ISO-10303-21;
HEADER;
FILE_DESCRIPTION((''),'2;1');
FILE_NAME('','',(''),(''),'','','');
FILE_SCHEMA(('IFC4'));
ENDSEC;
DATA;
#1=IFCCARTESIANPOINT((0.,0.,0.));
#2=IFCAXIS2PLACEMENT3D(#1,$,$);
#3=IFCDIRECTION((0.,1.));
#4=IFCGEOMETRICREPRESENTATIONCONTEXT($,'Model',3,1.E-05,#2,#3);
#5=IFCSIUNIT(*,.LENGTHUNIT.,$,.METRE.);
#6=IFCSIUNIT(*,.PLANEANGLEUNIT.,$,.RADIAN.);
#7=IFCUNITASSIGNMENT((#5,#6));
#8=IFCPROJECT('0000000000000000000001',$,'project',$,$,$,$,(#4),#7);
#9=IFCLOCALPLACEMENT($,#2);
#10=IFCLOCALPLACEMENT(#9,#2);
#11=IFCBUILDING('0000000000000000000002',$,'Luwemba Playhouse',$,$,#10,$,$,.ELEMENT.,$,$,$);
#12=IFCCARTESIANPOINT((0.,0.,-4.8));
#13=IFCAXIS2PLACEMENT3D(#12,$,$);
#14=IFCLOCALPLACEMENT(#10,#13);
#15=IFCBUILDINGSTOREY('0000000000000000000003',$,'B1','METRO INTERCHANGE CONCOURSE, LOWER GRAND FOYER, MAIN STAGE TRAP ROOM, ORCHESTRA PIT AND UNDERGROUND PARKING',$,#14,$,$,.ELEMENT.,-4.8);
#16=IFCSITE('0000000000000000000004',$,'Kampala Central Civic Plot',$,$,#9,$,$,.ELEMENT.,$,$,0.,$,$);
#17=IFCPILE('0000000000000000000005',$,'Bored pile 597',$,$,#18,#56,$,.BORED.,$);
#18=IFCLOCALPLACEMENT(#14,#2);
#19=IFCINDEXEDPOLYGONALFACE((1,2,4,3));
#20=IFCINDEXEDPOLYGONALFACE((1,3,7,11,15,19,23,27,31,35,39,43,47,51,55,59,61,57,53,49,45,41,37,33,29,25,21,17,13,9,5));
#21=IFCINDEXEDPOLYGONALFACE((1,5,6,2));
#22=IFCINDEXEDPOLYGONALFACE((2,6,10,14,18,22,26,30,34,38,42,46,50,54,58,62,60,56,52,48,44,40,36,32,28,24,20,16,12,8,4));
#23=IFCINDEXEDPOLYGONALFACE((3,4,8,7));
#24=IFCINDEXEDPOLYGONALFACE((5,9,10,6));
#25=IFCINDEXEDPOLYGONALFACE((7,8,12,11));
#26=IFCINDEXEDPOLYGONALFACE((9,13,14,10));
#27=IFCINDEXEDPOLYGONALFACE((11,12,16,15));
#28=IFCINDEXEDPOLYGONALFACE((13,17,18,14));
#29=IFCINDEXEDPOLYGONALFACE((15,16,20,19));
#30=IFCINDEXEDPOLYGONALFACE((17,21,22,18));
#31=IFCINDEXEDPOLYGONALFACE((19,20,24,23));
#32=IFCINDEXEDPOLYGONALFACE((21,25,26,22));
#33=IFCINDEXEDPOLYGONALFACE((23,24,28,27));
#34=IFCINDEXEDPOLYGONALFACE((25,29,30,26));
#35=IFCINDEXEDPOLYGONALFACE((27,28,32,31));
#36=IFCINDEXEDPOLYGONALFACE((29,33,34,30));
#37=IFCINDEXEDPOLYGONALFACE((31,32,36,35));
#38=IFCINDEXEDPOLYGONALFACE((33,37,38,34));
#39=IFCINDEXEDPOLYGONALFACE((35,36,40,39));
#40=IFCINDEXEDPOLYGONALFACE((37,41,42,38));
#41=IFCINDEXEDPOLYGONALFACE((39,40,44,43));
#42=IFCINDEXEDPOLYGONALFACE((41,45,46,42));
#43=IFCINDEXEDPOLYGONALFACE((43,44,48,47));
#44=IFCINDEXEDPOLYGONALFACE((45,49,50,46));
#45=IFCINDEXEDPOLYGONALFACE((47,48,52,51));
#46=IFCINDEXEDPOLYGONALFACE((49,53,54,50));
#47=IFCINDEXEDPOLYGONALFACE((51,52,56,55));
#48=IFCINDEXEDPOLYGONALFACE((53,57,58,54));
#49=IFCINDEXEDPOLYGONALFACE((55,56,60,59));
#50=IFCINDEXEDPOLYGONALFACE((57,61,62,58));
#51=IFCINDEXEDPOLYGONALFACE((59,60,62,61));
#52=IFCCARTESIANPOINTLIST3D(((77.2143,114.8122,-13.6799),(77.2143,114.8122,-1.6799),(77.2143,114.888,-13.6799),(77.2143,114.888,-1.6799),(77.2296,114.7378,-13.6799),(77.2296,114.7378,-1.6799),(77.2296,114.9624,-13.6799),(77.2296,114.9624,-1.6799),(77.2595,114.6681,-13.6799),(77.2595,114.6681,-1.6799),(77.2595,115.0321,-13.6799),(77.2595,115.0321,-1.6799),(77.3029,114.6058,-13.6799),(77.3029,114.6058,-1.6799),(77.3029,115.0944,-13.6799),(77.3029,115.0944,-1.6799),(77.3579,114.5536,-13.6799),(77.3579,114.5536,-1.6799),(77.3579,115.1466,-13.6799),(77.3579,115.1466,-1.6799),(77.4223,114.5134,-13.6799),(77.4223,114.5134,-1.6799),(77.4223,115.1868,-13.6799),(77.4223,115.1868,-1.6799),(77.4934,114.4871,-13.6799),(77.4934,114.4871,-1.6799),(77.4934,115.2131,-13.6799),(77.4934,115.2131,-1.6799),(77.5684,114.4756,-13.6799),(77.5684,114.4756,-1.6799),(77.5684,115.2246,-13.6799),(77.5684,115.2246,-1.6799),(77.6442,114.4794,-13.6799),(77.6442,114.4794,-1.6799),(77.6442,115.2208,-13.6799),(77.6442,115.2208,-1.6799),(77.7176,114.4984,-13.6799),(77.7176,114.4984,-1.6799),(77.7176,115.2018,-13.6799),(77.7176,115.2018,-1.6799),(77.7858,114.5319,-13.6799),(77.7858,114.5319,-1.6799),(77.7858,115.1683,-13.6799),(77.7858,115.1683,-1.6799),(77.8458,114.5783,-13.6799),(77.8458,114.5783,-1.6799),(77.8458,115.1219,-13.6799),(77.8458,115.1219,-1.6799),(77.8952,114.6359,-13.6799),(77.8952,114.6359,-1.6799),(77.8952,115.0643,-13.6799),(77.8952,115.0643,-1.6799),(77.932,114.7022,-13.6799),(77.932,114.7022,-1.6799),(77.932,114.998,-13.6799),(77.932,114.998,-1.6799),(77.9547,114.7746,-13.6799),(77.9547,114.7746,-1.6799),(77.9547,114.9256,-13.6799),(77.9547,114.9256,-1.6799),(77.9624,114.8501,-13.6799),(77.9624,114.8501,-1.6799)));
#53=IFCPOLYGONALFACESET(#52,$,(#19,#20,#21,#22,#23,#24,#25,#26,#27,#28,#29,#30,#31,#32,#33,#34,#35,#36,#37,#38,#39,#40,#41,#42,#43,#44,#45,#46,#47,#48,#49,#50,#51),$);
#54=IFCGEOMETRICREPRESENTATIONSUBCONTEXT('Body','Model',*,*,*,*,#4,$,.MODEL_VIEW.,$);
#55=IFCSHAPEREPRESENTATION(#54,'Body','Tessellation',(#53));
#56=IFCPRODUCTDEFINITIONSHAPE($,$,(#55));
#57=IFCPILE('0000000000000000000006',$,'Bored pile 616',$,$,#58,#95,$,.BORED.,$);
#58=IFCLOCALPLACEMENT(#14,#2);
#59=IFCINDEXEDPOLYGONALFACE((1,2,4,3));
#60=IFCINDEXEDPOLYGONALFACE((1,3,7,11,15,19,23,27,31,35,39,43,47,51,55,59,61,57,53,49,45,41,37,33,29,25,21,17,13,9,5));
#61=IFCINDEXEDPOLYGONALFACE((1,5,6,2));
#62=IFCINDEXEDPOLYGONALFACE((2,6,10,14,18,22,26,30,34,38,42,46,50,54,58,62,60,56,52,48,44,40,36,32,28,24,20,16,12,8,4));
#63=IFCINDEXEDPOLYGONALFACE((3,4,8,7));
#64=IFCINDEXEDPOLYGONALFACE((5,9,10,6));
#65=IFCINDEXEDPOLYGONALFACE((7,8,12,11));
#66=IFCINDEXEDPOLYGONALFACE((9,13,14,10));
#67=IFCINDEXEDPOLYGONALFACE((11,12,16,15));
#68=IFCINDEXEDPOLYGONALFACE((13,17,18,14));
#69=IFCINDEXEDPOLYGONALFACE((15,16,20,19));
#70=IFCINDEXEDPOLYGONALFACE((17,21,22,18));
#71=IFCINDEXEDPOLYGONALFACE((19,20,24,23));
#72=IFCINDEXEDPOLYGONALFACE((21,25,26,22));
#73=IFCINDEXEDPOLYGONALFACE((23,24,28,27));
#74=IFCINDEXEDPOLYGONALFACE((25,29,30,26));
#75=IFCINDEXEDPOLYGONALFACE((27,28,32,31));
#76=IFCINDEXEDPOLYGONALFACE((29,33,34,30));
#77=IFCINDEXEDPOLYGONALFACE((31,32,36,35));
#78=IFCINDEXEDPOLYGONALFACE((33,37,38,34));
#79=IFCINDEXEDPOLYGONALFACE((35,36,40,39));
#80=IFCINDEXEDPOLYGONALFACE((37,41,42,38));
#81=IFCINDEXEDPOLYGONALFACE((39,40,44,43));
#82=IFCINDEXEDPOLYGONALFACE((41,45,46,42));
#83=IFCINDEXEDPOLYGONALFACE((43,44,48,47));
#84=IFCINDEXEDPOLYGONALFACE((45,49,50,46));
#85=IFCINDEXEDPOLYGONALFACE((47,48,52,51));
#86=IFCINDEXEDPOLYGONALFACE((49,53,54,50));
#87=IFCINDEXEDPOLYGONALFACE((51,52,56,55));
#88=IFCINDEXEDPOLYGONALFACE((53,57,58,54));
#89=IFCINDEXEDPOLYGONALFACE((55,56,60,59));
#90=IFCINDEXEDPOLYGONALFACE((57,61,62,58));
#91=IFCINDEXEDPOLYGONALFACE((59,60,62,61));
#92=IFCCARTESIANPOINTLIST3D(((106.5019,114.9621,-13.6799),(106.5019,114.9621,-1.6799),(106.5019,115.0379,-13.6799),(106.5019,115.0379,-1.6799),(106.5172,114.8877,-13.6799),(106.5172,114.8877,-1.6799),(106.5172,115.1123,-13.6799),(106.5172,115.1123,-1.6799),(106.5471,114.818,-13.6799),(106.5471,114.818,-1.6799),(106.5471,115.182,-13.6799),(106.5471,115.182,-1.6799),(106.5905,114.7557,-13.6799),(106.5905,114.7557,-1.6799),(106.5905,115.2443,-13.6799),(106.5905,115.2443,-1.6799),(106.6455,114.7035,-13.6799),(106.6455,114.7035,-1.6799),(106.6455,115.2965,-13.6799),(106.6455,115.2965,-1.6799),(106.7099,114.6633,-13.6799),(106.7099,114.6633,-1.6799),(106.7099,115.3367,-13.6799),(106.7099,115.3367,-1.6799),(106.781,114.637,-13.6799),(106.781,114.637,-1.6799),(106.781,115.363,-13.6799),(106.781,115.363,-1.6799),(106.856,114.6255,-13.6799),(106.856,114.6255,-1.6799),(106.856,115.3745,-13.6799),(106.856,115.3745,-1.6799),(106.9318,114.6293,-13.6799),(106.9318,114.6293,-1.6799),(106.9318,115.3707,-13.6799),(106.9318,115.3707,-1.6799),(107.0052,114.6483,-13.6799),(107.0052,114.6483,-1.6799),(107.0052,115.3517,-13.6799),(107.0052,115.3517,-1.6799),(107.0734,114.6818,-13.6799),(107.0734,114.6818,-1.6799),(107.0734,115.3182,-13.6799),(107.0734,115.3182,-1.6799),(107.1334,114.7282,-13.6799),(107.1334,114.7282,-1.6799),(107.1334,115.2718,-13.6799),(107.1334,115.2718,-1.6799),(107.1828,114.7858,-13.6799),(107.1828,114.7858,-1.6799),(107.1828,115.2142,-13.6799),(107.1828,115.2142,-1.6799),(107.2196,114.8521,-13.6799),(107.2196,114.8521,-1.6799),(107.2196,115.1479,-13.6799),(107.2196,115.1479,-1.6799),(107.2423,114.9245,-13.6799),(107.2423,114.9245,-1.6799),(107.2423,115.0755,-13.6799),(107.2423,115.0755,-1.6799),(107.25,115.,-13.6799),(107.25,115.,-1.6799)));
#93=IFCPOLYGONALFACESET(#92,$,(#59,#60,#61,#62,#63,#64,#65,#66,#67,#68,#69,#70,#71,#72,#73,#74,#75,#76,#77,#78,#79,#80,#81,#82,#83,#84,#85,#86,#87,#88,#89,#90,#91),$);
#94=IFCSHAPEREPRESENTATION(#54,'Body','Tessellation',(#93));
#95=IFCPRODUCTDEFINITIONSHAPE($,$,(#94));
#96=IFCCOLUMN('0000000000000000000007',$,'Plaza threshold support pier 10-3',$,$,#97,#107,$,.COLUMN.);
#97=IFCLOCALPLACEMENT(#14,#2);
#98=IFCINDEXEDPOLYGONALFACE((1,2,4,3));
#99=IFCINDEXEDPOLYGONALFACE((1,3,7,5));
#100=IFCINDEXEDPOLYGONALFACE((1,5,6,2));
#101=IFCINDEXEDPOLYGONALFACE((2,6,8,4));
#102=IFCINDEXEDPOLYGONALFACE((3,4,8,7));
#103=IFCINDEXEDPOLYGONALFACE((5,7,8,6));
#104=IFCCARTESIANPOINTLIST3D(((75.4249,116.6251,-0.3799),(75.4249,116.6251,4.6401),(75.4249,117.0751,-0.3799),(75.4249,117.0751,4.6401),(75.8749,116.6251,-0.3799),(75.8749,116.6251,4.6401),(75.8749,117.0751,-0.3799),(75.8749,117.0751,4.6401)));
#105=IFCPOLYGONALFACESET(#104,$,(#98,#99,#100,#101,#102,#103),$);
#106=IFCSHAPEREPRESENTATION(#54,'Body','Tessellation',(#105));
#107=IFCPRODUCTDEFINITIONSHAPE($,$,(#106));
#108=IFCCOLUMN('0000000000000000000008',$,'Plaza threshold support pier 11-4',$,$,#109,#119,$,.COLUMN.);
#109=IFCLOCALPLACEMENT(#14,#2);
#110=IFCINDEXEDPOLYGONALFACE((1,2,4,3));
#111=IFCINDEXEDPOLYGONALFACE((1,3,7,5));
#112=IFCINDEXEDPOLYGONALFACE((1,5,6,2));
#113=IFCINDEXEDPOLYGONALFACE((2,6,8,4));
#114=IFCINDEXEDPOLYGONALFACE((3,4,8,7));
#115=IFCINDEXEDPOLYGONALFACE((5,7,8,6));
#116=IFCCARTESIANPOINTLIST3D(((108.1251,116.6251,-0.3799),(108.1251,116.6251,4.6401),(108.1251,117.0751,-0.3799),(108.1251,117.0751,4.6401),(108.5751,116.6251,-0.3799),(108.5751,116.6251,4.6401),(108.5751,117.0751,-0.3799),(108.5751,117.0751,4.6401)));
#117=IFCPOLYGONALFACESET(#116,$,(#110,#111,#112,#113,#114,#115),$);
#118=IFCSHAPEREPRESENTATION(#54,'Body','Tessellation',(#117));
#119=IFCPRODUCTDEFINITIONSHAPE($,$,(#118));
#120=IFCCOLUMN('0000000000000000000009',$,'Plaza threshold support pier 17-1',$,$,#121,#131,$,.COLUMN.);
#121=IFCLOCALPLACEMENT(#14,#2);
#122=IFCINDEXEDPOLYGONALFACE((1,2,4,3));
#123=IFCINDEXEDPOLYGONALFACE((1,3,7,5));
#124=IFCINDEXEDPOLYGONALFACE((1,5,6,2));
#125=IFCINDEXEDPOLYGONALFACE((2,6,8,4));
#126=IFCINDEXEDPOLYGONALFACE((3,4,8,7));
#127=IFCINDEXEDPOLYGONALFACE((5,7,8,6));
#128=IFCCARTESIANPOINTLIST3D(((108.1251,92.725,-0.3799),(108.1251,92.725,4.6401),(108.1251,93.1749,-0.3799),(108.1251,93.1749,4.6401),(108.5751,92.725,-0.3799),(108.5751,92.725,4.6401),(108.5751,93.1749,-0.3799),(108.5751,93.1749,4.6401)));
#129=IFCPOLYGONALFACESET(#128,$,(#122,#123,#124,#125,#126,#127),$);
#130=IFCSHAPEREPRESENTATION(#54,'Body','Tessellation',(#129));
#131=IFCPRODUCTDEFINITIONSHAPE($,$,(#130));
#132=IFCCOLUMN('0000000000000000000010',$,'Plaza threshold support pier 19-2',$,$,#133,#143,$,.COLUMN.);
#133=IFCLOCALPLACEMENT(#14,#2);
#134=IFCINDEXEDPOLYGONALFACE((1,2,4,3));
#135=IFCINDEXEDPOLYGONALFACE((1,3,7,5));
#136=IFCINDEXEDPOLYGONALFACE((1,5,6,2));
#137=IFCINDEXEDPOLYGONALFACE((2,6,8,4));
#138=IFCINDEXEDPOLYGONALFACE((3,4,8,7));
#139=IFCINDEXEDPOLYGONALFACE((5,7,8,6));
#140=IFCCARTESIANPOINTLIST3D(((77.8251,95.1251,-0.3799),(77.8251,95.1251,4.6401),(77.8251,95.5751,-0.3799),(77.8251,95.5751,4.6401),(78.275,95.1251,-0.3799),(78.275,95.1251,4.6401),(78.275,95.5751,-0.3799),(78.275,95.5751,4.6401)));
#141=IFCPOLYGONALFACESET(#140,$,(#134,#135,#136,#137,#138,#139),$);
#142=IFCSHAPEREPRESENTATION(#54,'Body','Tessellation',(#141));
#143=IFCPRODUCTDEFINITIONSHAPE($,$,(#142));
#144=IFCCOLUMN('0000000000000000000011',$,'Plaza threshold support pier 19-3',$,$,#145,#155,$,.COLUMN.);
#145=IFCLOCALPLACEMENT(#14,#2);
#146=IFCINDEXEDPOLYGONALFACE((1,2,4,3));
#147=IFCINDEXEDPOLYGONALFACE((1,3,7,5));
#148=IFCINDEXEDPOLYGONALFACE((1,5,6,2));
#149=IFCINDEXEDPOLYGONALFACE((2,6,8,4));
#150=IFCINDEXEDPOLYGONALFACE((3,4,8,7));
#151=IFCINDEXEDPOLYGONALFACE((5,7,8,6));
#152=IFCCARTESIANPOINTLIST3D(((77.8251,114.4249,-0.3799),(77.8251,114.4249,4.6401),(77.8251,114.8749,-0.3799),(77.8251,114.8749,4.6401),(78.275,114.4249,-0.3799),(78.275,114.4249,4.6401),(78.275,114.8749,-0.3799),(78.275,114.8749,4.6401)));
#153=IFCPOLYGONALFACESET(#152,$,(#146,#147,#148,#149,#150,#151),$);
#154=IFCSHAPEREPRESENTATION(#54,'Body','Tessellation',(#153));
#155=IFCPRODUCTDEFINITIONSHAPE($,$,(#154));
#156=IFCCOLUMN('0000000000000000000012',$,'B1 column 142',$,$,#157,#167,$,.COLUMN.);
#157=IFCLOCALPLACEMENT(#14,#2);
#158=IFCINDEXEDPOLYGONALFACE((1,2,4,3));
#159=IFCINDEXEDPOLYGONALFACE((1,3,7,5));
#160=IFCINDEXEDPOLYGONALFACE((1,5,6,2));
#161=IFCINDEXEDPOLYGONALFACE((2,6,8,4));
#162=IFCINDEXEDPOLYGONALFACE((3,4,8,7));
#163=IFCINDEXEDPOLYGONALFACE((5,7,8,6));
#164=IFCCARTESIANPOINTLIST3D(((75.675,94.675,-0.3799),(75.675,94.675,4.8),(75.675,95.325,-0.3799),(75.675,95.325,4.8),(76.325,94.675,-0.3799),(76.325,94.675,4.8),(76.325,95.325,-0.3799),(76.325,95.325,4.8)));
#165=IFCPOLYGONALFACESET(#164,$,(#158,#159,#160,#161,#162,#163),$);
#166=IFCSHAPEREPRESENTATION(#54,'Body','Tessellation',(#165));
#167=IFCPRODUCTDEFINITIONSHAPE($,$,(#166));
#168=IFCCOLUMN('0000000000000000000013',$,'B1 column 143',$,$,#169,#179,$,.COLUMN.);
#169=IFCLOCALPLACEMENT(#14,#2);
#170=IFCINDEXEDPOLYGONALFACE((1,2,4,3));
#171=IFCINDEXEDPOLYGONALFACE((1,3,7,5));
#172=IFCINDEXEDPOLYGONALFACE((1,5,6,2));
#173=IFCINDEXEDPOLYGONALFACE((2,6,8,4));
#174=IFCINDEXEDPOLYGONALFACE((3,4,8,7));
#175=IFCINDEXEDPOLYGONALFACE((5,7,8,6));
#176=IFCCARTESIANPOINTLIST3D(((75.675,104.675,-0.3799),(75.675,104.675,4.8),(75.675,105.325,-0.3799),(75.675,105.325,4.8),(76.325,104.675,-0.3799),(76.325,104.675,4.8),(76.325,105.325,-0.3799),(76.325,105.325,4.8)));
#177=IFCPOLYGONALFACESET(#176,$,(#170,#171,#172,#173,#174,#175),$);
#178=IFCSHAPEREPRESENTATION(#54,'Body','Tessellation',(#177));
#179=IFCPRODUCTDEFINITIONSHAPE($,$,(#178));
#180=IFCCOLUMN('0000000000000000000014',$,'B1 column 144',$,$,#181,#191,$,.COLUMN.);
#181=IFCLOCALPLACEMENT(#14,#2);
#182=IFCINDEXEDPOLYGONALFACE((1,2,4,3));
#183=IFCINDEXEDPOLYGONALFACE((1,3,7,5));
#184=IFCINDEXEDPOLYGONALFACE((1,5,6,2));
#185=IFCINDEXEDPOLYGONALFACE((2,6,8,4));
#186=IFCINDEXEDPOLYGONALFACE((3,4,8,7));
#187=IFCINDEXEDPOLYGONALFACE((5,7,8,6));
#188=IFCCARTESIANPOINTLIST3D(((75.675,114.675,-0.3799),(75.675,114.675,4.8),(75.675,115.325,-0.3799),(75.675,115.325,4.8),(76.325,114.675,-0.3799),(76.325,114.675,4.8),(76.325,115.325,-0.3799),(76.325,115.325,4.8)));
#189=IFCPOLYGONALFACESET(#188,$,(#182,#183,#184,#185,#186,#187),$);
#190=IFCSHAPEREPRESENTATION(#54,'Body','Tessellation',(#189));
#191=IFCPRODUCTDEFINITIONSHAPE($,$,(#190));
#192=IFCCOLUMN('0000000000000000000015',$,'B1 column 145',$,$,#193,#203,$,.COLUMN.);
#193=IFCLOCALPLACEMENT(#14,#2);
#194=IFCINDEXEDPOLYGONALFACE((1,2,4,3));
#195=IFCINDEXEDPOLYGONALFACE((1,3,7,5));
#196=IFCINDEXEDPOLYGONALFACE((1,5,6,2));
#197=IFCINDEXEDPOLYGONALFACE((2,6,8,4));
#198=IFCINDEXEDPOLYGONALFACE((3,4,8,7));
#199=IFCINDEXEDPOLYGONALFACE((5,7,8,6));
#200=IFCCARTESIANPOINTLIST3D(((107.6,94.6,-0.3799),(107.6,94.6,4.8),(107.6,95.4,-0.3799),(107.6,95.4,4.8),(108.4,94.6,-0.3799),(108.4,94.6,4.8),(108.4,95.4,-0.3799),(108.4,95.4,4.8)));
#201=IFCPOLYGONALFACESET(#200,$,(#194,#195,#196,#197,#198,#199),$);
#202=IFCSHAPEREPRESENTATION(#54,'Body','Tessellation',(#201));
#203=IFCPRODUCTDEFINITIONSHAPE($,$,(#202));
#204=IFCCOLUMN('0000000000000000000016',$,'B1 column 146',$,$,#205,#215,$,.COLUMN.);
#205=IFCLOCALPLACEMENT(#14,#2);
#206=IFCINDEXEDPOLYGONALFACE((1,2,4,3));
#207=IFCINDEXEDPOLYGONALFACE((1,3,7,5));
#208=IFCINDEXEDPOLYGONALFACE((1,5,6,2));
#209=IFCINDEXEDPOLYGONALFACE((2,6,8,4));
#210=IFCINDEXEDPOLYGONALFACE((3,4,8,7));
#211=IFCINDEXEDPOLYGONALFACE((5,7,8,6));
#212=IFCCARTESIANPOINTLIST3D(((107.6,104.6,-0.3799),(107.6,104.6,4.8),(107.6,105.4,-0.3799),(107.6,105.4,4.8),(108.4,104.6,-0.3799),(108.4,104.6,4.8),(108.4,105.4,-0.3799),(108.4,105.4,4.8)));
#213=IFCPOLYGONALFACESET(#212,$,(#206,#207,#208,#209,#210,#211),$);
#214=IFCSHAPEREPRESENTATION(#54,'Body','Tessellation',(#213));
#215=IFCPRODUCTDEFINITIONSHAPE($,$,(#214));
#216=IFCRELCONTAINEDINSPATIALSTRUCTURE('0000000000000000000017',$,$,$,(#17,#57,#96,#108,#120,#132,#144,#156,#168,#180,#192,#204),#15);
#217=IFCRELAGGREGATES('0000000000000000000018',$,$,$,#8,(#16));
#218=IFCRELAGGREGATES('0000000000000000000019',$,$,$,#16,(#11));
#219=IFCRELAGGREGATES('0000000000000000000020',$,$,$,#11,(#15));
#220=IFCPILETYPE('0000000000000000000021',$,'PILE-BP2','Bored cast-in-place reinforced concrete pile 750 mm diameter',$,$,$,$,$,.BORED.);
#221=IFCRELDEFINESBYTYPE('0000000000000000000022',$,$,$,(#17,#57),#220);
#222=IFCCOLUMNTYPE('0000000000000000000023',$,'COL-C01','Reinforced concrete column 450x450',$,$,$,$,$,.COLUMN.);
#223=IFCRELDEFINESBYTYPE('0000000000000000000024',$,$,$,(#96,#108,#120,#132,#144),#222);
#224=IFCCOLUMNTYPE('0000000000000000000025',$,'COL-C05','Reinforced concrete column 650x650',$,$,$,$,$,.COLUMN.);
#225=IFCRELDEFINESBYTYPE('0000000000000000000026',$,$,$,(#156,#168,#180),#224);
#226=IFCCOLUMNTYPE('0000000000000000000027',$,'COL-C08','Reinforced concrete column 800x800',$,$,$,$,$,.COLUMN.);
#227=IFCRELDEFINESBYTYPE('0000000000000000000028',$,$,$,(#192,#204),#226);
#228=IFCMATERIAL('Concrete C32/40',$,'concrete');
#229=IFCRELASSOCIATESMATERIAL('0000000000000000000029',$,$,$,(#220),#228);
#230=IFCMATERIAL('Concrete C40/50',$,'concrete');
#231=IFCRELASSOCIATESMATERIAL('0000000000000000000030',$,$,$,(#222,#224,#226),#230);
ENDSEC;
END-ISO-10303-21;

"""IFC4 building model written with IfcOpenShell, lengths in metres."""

from ifc_helpers import new_model, si_unit, direction, frame, origin, origin_2d, place, context, subcontext, project, spatial, rectangle, circle, extrude, material, material_profile, profile_set, type_object, element, save


model = new_model("IFC4")

# Units and contexts
model_context = context("Model", 3, precision=1e-05, world=origin(), true_north=direction((0.0, 1.0)))
body_context = subcontext(model_context, "Body", "Model", "MODEL_VIEW")
ifc_project = project(units=[si_unit("LENGTHUNIT", "METRE"), si_unit("PLANEANGLEUNIT", "RADIAN")], contexts=[model_context])

# Site, building, storey
site_placement = place(None, origin())
site = spatial("IfcSite", under=ifc_project, at=site_placement, Name="Kampala Central Civic Plot", CompositionType="ELEMENT", RefElevation=0.0)
building_placement = place(site_placement, origin())
building = spatial("IfcBuilding", under=site, at=building_placement, Name="Luwemba Playhouse", CompositionType="ELEMENT")
storey_placement = place(building_placement, frame((0.0, 0.0, -4.8)))
storey = spatial("IfcBuildingStorey", under=building, at=storey_placement, Name="B1", Description="METRO INTERCHANGE CONCOURSE, LOWER GRAND FOYER, MAIN STAGE TRAP ROOM, ORCHESTRA PIT AND UNDERGROUND PARKING", CompositionType="ELEMENT", Elevation=-4.8)

# Shared definitions
ifc_material_1 = material(Name="Concrete C32/40", Category="concrete")

# Piles
ifc_material_profile_1 = material_profile(ifc_material_1, circle(Radius=0.375, at=origin_2d()))
ifc_profile_set_1 = profile_set([ifc_material_profile_1], Name="Concrete C32/40")
pile_type_1 = type_object("IfcPileType", Name="PILE-BP2", Description="Bored cast-in-place reinforced concrete pile 750 mm diameter", PredefinedType="BORED", material=ifc_profile_set_1)
for number, where, z_axis, x_axis, name in (
    (1, (77.5874, 114.8501, -1.6799), (0.0, 0.0, -1.0), (1.0, 0.0, 0.0), "Bored pile 597"),
    (2, (106.875, 115.0, -1.6799), (0.0, 0.0, -1.0), (1.0, 0.0, 0.0), "Bored pile 616"),
):
    element("IfcPile", number, at=place(storey_placement, frame(where, z_axis=z_axis, x_axis=x_axis)), inside=storey, type_object=pile_type_1, Name=name, PredefinedType="BORED", context=body_context, shape_type="SweptSolid", body=[
        extrude(circle(Radius=0.375, at=origin_2d()), origin(), (0.0, 0.0, 1.0), 12.0),
    ])

# Columns
ifc_material_2 = material(Name="Concrete C40/50", Category="concrete")
ifc_material_profile_2 = material_profile(ifc_material_2, rectangle(XDim=0.45, YDim=0.45, at=origin_2d()))
ifc_profile_set_2 = profile_set([ifc_material_profile_2], Name="Concrete C40/50")
column_type_1 = type_object("IfcColumnType", Name="COL-C01", Description="Reinforced concrete column 450x450", PredefinedType="COLUMN", material=ifc_profile_set_2)
for number, where, z_axis, x_axis, name in (
    (3, (75.6499, 116.8501, -0.3799), (0.0, 0.0, 1.0), (1.0, 0.0, 0.0), "Plaza threshold support pier 10-3"),
    (4, (108.3501, 116.8501, -0.3799), (0.0, 0.0, 1.0), (1.0, 0.0, 0.0), "Plaza threshold support pier 11-4"),
    (5, (108.3501, 92.95, -0.3799), (0.0, 0.0, 1.0), (1.0, 0.0, 0.0), "Plaza threshold support pier 17-1"),
    (6, (78.05, 95.3501, -0.3799), (0.0, 0.0, 1.0), (1.0, 0.0, 0.0), "Plaza threshold support pier 19-2"),
    (7, (78.05, 114.6499, -0.3799), (0.0, 0.0, 1.0), (1.0, 0.0, 0.0), "Plaza threshold support pier 19-3"),
):
    element("IfcColumn", number, at=place(storey_placement, frame(where, z_axis=z_axis, x_axis=x_axis)), inside=storey, type_object=column_type_1, Name=name, PredefinedType="COLUMN", context=body_context, shape_type="SweptSolid", body=[
        extrude(rectangle(XDim=0.45, YDim=0.45, at=origin_2d()), origin(), (0.0, 0.0, 1.0), 5.02),
    ])
ifc_material_profile_3 = material_profile(ifc_material_2, rectangle(XDim=0.6499, YDim=0.6499, at=origin_2d()))
ifc_profile_set_3 = profile_set([ifc_material_profile_3], Name="Concrete C40/50")
column_type_2 = type_object("IfcColumnType", Name="COL-C05", Description="Reinforced concrete column 650x650", PredefinedType="COLUMN", material=ifc_profile_set_3)
for number, where, z_axis, x_axis, name in (
    (8, (76.0, 95.0, -0.3799), (0.0, 0.0, 1.0), (1.0, 0.0, 0.0), "B1 column 142"),
    (9, (76.0, 105.0, -0.3799), (0.0, 0.0, 1.0), (1.0, 0.0, 0.0), "B1 column 143"),
    (10, (76.0, 115.0, -0.3799), (0.0, 0.0, 1.0), (1.0, 0.0, 0.0), "B1 column 144"),
):
    element("IfcColumn", number, at=place(storey_placement, frame(where, z_axis=z_axis, x_axis=x_axis)), inside=storey, type_object=column_type_2, Name=name, PredefinedType="COLUMN", context=body_context, shape_type="SweptSolid", body=[
        extrude(rectangle(XDim=0.6499, YDim=0.6499, at=origin_2d()), origin(), (0.0, 0.0, 1.0), 5.1799),
    ])
ifc_material_profile_4 = material_profile(ifc_material_2, rectangle(XDim=0.8, YDim=0.8, at=origin_2d()))
ifc_profile_set_4 = profile_set([ifc_material_profile_4], Name="Concrete C40/50")
column_type_3 = type_object("IfcColumnType", Name="COL-C08", Description="Reinforced concrete column 800x800", PredefinedType="COLUMN", material=ifc_profile_set_4)
for number, where, z_axis, x_axis, name in (
    (11, (108.0, 95.0, -0.3799), (0.0, 0.0, 1.0), (1.0, 0.0, 0.0), "B1 column 145"),
    (12, (108.0, 105.0, -0.3799), (0.0, 0.0, 1.0), (1.0, 0.0, 0.0), "B1 column 146"),
):
    element("IfcColumn", number, at=place(storey_placement, frame(where, z_axis=z_axis, x_axis=x_axis)), inside=storey, type_object=column_type_3, Name=name, PredefinedType="COLUMN", context=body_context, shape_type="SweptSolid", body=[
        extrude(rectangle(XDim=0.8, YDim=0.8, at=origin_2d()), origin(), (0.0, 0.0, 1.0), 5.1799),
    ])

save(model, "model.ifc")
